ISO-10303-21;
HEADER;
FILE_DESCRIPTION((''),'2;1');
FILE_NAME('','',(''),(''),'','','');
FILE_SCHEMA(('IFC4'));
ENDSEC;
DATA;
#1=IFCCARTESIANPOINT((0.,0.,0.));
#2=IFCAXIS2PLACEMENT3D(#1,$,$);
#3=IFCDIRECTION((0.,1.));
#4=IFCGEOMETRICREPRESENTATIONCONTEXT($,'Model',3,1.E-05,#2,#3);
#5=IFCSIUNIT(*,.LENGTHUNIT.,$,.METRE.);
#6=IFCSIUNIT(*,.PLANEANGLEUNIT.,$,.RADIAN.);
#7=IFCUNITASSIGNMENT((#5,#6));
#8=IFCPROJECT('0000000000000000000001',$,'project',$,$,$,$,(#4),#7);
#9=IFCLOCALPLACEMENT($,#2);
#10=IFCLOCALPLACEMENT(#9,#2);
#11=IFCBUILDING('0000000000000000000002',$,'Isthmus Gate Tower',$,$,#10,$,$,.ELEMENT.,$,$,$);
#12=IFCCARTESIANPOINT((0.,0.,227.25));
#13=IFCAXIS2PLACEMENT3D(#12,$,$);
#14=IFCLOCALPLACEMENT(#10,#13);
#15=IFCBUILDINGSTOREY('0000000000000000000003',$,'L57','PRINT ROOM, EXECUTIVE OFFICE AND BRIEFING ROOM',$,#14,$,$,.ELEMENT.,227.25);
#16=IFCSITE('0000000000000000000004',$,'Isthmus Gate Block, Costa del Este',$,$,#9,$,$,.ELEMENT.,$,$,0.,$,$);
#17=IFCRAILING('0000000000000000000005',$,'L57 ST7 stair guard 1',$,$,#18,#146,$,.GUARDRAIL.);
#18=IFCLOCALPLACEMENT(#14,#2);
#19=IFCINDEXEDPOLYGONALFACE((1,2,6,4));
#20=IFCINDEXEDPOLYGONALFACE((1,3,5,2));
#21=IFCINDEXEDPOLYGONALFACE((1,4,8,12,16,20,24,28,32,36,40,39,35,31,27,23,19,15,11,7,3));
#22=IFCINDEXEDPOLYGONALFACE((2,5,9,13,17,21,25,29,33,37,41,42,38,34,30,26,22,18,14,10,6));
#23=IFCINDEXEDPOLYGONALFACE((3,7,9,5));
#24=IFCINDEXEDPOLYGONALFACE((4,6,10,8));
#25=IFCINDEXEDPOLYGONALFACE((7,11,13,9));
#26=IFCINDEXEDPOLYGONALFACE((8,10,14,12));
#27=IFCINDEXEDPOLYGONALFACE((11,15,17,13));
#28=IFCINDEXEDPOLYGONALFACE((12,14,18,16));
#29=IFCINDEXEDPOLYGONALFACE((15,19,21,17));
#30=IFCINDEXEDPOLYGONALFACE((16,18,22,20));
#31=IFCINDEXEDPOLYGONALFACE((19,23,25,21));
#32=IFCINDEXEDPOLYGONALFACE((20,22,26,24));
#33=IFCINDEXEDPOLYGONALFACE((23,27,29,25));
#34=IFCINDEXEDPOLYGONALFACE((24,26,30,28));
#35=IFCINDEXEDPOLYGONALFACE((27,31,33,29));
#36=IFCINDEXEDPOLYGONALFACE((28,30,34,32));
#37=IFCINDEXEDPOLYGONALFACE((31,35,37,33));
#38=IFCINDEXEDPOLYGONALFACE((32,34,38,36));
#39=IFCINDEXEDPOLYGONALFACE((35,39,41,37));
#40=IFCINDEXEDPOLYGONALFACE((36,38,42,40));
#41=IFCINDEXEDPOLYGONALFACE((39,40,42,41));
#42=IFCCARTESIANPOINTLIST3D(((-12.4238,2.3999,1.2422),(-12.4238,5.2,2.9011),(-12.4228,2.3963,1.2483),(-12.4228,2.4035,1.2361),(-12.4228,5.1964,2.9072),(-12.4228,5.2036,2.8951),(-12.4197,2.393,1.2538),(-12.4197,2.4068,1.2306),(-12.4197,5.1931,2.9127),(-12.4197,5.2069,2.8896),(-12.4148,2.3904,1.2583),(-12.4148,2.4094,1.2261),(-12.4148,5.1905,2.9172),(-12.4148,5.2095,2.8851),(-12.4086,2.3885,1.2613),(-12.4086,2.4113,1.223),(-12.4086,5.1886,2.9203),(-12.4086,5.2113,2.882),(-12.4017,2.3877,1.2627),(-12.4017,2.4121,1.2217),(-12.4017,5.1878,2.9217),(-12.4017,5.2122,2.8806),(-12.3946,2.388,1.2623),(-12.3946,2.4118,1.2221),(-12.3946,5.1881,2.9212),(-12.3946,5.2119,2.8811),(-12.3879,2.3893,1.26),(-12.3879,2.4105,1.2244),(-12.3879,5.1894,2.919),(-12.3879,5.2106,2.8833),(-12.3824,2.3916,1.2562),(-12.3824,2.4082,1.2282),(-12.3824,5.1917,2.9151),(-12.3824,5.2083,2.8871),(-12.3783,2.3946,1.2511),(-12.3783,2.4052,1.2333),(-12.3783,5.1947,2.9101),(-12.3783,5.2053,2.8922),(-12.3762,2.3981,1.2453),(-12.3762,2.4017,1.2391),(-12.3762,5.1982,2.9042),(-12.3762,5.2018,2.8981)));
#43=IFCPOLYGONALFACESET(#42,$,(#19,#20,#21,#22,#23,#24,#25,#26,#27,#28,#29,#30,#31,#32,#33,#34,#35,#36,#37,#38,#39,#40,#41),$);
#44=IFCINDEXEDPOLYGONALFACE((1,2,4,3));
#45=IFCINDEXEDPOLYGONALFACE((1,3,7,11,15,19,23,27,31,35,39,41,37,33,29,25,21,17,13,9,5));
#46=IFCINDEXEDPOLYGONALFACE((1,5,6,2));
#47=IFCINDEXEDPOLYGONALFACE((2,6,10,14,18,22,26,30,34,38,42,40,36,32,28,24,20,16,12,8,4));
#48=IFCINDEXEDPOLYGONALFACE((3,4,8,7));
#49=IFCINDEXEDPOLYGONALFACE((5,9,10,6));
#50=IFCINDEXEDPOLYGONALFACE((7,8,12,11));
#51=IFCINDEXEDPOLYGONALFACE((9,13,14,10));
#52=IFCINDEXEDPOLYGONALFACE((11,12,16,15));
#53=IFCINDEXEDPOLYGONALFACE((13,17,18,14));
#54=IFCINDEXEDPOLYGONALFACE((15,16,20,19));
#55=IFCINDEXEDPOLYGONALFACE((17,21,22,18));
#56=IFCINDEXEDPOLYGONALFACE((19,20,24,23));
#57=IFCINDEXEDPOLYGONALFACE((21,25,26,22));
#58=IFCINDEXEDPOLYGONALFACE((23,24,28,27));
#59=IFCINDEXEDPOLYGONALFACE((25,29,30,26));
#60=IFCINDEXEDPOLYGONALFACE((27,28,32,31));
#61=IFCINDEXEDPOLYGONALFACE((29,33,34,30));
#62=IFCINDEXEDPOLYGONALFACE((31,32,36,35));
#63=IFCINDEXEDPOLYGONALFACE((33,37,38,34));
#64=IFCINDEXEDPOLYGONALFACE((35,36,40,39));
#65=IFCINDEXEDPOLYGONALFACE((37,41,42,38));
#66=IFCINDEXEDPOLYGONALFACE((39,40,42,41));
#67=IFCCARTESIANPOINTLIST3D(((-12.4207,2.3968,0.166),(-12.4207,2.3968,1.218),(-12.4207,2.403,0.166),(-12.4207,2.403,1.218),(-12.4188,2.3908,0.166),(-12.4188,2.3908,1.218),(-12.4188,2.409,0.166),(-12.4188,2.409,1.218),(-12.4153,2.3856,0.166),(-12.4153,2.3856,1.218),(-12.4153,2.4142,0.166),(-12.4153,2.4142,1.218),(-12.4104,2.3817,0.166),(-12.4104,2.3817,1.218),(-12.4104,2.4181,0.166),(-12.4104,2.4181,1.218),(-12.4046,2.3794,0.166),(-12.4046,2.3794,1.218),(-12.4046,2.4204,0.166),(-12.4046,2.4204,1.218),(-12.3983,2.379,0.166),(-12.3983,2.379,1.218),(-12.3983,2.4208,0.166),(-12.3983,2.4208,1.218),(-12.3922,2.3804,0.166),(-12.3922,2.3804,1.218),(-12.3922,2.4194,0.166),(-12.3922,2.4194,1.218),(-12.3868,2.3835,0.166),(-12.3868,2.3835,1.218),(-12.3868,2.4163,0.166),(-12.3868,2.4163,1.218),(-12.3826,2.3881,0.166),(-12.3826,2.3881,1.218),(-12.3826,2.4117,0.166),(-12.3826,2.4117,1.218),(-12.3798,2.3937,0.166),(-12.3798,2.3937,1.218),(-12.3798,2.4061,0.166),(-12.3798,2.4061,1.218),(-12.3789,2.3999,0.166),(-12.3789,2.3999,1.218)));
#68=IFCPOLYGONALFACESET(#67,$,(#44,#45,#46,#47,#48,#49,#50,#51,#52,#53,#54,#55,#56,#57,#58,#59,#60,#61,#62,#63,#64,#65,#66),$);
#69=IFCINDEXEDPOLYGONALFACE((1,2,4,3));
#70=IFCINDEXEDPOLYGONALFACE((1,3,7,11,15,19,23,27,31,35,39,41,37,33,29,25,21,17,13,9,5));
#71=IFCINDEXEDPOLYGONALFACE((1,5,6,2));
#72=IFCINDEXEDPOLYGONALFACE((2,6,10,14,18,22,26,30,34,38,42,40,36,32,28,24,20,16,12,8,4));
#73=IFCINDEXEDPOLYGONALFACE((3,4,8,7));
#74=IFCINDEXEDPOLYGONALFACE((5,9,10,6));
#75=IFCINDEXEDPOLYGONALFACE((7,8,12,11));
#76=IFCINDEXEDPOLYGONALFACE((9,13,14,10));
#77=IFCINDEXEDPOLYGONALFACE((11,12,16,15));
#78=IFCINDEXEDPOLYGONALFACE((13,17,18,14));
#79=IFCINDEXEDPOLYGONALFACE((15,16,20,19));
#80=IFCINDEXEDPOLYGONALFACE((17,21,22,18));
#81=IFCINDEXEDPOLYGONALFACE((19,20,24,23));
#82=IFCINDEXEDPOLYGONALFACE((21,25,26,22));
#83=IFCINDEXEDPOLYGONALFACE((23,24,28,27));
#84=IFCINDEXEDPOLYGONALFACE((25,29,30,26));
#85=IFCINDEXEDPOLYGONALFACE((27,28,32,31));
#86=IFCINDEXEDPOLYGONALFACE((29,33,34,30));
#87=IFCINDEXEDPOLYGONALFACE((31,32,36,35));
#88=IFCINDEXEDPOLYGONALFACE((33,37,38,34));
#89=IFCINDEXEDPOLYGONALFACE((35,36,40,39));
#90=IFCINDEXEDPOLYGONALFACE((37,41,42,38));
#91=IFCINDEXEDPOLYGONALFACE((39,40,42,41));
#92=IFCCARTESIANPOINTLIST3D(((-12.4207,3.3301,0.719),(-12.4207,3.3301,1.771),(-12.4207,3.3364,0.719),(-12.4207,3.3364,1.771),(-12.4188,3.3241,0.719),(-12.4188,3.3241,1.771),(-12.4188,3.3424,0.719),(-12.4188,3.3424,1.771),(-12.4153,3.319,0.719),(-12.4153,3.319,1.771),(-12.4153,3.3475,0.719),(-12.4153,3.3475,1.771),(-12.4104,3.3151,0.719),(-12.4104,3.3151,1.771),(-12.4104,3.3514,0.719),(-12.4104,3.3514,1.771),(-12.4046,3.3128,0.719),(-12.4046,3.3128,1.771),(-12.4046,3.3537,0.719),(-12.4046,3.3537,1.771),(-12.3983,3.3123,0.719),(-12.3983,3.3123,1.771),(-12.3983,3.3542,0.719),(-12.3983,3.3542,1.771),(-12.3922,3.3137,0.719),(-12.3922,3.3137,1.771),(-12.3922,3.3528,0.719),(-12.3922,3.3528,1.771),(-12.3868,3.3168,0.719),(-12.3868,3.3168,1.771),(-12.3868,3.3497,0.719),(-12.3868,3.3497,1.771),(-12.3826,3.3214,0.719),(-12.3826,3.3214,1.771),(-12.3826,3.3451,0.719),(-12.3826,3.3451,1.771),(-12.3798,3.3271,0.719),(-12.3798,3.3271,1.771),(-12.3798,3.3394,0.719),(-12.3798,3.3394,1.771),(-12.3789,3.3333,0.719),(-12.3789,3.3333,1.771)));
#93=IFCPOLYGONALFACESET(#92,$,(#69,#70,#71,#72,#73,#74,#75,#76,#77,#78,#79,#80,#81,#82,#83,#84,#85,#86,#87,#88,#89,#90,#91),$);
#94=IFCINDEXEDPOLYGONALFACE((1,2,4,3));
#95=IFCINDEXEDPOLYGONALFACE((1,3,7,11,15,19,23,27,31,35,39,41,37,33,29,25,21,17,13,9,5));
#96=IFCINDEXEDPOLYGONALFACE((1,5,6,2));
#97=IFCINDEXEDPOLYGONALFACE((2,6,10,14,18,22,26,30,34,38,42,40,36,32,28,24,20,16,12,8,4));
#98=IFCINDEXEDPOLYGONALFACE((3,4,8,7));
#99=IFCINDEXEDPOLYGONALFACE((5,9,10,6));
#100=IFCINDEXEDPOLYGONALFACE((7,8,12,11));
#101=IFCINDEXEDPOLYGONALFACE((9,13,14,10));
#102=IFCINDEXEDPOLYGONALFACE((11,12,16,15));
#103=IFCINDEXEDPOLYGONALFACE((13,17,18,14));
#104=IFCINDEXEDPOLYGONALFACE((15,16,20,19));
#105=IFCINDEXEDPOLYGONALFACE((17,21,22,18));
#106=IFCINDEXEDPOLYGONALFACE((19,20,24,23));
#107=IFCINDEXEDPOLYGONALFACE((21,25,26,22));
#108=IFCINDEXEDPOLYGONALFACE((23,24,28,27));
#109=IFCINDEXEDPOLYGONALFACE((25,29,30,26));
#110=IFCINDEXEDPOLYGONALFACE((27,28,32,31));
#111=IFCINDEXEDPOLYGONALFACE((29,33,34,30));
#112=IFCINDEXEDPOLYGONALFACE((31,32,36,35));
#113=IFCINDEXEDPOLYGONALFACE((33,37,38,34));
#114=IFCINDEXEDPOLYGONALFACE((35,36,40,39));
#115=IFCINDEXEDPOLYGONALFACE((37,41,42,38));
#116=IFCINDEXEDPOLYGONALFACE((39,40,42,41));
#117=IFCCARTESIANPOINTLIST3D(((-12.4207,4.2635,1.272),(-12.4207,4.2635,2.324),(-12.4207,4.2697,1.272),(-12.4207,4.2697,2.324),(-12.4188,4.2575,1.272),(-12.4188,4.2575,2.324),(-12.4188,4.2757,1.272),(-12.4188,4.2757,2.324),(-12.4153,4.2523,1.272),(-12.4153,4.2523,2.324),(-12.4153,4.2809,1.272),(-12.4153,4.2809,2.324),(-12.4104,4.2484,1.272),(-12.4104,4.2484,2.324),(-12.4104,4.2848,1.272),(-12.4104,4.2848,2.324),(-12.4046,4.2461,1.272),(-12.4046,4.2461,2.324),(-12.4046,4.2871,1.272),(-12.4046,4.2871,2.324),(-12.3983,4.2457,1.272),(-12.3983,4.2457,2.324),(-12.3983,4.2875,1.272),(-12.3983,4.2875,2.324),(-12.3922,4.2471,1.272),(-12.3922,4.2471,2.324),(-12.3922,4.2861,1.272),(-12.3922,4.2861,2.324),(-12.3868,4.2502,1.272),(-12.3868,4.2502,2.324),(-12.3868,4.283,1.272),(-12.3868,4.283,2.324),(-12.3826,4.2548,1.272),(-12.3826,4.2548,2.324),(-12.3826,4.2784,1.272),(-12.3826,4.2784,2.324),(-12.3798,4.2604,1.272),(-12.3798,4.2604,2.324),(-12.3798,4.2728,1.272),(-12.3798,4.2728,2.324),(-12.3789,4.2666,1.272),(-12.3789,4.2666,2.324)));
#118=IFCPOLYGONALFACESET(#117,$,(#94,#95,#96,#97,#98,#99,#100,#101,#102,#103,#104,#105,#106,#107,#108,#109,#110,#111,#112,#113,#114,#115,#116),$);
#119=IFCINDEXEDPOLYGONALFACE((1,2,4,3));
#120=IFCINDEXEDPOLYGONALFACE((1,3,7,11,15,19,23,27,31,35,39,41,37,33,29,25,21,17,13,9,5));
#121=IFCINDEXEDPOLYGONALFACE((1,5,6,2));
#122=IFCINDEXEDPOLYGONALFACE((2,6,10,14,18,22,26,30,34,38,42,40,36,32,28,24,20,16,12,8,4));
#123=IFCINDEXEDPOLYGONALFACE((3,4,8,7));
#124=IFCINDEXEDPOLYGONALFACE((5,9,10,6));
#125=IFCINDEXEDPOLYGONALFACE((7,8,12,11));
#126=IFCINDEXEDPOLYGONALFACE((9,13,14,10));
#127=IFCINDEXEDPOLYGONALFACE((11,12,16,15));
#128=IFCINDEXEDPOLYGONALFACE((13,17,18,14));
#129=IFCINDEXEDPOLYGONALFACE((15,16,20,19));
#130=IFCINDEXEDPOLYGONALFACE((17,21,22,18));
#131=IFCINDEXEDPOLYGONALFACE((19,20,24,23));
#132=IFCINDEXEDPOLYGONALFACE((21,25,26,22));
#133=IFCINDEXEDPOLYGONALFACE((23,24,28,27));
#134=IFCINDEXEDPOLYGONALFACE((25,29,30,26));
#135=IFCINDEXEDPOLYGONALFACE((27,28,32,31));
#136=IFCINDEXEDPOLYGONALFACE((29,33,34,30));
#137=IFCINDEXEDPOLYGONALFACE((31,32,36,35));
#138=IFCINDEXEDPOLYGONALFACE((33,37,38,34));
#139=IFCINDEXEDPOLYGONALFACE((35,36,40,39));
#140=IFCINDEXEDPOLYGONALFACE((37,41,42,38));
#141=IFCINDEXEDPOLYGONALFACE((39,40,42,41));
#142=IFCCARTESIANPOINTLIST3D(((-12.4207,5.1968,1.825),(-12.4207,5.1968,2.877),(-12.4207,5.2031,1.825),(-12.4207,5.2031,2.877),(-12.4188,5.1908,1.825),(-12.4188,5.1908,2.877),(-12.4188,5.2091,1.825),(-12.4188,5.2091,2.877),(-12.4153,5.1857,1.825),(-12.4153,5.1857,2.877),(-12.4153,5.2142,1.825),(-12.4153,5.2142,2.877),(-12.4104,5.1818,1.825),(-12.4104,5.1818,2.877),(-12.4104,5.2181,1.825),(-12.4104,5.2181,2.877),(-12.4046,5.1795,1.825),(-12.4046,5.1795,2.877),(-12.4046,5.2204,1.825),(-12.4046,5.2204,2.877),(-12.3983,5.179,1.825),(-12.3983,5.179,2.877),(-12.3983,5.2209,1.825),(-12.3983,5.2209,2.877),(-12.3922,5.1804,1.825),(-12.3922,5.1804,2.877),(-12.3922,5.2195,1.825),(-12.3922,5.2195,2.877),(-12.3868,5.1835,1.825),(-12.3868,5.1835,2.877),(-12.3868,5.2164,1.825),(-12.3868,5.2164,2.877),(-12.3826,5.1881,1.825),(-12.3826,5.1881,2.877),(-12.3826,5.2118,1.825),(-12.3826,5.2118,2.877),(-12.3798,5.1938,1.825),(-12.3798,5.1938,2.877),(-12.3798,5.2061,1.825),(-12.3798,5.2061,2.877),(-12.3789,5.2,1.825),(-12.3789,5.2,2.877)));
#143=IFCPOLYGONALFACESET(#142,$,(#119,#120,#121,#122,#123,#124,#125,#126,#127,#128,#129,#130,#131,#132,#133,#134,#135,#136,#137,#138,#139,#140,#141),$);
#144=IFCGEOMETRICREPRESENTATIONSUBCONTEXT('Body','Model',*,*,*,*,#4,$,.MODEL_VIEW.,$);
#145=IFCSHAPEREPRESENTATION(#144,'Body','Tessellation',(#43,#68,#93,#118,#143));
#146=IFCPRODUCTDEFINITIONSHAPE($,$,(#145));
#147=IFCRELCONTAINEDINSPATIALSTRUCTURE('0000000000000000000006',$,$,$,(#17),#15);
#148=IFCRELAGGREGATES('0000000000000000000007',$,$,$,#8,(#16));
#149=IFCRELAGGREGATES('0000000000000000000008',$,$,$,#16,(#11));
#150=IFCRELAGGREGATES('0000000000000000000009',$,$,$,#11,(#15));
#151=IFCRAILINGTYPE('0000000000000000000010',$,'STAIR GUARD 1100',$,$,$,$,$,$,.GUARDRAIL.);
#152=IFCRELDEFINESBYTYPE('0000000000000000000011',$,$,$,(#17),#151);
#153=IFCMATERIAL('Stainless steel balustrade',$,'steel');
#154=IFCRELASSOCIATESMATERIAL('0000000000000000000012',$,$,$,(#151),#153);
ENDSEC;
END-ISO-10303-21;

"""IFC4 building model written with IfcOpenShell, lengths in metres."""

from ifc_helpers import new_model, si_unit, direction, frame, origin, origin_2d, place, context, subcontext, project, spatial, circle, extrude, material, type_object, element, save


model = new_model("IFC4")

# Units and contexts
model_context = context("Model", 3, precision=1e-05, world=origin(), true_north=direction((0.0, 1.0)))
body_context = subcontext(model_context, "Body", "Model", "MODEL_VIEW")
ifc_project = project(units=[si_unit("LENGTHUNIT", "METRE"), si_unit("PLANEANGLEUNIT", "RADIAN")], contexts=[model_context])

# Site, building, storey
site_placement = place(None, origin())
site = spatial("IfcSite", under=ifc_project, at=site_placement, Name="Isthmus Gate Block, Costa del Este", CompositionType="ELEMENT", RefElevation=0.0)
building_placement = place(site_placement, origin())
building = spatial("IfcBuilding", under=site, at=building_placement, Name="Isthmus Gate Tower", CompositionType="ELEMENT")
storey_placement = place(building_placement, frame((0.0, 0.0, 227.25)))
storey = spatial("IfcBuildingStorey", under=building, at=storey_placement, Name="L57", Description="PRINT ROOM, EXECUTIVE OFFICE AND BRIEFING ROOM", CompositionType="ELEMENT", Elevation=227.25)

# Railing
ifc_material_1 = material(Name="Stainless steel balustrade", Category="steel")
railing_type_1 = type_object("IfcRailingType", Name="STAIR GUARD 1100", PredefinedType="GUARDRAIL", material=ifc_material_1)
railing_1_placement = place(storey_placement, frame((-12.3999, 2.3999, 0.166)))
element("IfcRailing", 1, at=railing_1_placement, inside=storey, type_object=railing_type_1, Name="L57 ST7 stair guard 1", PredefinedType="GUARDRAIL", context=body_context, shape_type="SweptSolid", body=[
    extrude(circle(Radius=0.0239, at=origin_2d()), frame((0.0, 0.0, 1.0762), z_axis=(0.0, 0.860339, 0.509722), x_axis=(-1.0, 0.0, 0.0)), (0.0, 0.0, 1.0), 3.2546),
    extrude(circle(Radius=0.021, at=origin_2d()), origin(), (0.0, 0.0, 1.0), 1.052),
    extrude(circle(Radius=0.021, at=origin_2d()), frame((0.0, 0.9333, 0.553)), (0.0, 0.0, 1.0), 1.052),
    extrude(circle(Radius=0.021, at=origin_2d()), frame((0.0, 1.8667, 1.106)), (0.0, 0.0, 1.0), 1.052),
    extrude(circle(Radius=0.021, at=origin_2d()), frame((0.0, 2.8, 1.6589)), (0.0, 0.0, 1.0), 1.052),
])

save(model, "model.ifc")
